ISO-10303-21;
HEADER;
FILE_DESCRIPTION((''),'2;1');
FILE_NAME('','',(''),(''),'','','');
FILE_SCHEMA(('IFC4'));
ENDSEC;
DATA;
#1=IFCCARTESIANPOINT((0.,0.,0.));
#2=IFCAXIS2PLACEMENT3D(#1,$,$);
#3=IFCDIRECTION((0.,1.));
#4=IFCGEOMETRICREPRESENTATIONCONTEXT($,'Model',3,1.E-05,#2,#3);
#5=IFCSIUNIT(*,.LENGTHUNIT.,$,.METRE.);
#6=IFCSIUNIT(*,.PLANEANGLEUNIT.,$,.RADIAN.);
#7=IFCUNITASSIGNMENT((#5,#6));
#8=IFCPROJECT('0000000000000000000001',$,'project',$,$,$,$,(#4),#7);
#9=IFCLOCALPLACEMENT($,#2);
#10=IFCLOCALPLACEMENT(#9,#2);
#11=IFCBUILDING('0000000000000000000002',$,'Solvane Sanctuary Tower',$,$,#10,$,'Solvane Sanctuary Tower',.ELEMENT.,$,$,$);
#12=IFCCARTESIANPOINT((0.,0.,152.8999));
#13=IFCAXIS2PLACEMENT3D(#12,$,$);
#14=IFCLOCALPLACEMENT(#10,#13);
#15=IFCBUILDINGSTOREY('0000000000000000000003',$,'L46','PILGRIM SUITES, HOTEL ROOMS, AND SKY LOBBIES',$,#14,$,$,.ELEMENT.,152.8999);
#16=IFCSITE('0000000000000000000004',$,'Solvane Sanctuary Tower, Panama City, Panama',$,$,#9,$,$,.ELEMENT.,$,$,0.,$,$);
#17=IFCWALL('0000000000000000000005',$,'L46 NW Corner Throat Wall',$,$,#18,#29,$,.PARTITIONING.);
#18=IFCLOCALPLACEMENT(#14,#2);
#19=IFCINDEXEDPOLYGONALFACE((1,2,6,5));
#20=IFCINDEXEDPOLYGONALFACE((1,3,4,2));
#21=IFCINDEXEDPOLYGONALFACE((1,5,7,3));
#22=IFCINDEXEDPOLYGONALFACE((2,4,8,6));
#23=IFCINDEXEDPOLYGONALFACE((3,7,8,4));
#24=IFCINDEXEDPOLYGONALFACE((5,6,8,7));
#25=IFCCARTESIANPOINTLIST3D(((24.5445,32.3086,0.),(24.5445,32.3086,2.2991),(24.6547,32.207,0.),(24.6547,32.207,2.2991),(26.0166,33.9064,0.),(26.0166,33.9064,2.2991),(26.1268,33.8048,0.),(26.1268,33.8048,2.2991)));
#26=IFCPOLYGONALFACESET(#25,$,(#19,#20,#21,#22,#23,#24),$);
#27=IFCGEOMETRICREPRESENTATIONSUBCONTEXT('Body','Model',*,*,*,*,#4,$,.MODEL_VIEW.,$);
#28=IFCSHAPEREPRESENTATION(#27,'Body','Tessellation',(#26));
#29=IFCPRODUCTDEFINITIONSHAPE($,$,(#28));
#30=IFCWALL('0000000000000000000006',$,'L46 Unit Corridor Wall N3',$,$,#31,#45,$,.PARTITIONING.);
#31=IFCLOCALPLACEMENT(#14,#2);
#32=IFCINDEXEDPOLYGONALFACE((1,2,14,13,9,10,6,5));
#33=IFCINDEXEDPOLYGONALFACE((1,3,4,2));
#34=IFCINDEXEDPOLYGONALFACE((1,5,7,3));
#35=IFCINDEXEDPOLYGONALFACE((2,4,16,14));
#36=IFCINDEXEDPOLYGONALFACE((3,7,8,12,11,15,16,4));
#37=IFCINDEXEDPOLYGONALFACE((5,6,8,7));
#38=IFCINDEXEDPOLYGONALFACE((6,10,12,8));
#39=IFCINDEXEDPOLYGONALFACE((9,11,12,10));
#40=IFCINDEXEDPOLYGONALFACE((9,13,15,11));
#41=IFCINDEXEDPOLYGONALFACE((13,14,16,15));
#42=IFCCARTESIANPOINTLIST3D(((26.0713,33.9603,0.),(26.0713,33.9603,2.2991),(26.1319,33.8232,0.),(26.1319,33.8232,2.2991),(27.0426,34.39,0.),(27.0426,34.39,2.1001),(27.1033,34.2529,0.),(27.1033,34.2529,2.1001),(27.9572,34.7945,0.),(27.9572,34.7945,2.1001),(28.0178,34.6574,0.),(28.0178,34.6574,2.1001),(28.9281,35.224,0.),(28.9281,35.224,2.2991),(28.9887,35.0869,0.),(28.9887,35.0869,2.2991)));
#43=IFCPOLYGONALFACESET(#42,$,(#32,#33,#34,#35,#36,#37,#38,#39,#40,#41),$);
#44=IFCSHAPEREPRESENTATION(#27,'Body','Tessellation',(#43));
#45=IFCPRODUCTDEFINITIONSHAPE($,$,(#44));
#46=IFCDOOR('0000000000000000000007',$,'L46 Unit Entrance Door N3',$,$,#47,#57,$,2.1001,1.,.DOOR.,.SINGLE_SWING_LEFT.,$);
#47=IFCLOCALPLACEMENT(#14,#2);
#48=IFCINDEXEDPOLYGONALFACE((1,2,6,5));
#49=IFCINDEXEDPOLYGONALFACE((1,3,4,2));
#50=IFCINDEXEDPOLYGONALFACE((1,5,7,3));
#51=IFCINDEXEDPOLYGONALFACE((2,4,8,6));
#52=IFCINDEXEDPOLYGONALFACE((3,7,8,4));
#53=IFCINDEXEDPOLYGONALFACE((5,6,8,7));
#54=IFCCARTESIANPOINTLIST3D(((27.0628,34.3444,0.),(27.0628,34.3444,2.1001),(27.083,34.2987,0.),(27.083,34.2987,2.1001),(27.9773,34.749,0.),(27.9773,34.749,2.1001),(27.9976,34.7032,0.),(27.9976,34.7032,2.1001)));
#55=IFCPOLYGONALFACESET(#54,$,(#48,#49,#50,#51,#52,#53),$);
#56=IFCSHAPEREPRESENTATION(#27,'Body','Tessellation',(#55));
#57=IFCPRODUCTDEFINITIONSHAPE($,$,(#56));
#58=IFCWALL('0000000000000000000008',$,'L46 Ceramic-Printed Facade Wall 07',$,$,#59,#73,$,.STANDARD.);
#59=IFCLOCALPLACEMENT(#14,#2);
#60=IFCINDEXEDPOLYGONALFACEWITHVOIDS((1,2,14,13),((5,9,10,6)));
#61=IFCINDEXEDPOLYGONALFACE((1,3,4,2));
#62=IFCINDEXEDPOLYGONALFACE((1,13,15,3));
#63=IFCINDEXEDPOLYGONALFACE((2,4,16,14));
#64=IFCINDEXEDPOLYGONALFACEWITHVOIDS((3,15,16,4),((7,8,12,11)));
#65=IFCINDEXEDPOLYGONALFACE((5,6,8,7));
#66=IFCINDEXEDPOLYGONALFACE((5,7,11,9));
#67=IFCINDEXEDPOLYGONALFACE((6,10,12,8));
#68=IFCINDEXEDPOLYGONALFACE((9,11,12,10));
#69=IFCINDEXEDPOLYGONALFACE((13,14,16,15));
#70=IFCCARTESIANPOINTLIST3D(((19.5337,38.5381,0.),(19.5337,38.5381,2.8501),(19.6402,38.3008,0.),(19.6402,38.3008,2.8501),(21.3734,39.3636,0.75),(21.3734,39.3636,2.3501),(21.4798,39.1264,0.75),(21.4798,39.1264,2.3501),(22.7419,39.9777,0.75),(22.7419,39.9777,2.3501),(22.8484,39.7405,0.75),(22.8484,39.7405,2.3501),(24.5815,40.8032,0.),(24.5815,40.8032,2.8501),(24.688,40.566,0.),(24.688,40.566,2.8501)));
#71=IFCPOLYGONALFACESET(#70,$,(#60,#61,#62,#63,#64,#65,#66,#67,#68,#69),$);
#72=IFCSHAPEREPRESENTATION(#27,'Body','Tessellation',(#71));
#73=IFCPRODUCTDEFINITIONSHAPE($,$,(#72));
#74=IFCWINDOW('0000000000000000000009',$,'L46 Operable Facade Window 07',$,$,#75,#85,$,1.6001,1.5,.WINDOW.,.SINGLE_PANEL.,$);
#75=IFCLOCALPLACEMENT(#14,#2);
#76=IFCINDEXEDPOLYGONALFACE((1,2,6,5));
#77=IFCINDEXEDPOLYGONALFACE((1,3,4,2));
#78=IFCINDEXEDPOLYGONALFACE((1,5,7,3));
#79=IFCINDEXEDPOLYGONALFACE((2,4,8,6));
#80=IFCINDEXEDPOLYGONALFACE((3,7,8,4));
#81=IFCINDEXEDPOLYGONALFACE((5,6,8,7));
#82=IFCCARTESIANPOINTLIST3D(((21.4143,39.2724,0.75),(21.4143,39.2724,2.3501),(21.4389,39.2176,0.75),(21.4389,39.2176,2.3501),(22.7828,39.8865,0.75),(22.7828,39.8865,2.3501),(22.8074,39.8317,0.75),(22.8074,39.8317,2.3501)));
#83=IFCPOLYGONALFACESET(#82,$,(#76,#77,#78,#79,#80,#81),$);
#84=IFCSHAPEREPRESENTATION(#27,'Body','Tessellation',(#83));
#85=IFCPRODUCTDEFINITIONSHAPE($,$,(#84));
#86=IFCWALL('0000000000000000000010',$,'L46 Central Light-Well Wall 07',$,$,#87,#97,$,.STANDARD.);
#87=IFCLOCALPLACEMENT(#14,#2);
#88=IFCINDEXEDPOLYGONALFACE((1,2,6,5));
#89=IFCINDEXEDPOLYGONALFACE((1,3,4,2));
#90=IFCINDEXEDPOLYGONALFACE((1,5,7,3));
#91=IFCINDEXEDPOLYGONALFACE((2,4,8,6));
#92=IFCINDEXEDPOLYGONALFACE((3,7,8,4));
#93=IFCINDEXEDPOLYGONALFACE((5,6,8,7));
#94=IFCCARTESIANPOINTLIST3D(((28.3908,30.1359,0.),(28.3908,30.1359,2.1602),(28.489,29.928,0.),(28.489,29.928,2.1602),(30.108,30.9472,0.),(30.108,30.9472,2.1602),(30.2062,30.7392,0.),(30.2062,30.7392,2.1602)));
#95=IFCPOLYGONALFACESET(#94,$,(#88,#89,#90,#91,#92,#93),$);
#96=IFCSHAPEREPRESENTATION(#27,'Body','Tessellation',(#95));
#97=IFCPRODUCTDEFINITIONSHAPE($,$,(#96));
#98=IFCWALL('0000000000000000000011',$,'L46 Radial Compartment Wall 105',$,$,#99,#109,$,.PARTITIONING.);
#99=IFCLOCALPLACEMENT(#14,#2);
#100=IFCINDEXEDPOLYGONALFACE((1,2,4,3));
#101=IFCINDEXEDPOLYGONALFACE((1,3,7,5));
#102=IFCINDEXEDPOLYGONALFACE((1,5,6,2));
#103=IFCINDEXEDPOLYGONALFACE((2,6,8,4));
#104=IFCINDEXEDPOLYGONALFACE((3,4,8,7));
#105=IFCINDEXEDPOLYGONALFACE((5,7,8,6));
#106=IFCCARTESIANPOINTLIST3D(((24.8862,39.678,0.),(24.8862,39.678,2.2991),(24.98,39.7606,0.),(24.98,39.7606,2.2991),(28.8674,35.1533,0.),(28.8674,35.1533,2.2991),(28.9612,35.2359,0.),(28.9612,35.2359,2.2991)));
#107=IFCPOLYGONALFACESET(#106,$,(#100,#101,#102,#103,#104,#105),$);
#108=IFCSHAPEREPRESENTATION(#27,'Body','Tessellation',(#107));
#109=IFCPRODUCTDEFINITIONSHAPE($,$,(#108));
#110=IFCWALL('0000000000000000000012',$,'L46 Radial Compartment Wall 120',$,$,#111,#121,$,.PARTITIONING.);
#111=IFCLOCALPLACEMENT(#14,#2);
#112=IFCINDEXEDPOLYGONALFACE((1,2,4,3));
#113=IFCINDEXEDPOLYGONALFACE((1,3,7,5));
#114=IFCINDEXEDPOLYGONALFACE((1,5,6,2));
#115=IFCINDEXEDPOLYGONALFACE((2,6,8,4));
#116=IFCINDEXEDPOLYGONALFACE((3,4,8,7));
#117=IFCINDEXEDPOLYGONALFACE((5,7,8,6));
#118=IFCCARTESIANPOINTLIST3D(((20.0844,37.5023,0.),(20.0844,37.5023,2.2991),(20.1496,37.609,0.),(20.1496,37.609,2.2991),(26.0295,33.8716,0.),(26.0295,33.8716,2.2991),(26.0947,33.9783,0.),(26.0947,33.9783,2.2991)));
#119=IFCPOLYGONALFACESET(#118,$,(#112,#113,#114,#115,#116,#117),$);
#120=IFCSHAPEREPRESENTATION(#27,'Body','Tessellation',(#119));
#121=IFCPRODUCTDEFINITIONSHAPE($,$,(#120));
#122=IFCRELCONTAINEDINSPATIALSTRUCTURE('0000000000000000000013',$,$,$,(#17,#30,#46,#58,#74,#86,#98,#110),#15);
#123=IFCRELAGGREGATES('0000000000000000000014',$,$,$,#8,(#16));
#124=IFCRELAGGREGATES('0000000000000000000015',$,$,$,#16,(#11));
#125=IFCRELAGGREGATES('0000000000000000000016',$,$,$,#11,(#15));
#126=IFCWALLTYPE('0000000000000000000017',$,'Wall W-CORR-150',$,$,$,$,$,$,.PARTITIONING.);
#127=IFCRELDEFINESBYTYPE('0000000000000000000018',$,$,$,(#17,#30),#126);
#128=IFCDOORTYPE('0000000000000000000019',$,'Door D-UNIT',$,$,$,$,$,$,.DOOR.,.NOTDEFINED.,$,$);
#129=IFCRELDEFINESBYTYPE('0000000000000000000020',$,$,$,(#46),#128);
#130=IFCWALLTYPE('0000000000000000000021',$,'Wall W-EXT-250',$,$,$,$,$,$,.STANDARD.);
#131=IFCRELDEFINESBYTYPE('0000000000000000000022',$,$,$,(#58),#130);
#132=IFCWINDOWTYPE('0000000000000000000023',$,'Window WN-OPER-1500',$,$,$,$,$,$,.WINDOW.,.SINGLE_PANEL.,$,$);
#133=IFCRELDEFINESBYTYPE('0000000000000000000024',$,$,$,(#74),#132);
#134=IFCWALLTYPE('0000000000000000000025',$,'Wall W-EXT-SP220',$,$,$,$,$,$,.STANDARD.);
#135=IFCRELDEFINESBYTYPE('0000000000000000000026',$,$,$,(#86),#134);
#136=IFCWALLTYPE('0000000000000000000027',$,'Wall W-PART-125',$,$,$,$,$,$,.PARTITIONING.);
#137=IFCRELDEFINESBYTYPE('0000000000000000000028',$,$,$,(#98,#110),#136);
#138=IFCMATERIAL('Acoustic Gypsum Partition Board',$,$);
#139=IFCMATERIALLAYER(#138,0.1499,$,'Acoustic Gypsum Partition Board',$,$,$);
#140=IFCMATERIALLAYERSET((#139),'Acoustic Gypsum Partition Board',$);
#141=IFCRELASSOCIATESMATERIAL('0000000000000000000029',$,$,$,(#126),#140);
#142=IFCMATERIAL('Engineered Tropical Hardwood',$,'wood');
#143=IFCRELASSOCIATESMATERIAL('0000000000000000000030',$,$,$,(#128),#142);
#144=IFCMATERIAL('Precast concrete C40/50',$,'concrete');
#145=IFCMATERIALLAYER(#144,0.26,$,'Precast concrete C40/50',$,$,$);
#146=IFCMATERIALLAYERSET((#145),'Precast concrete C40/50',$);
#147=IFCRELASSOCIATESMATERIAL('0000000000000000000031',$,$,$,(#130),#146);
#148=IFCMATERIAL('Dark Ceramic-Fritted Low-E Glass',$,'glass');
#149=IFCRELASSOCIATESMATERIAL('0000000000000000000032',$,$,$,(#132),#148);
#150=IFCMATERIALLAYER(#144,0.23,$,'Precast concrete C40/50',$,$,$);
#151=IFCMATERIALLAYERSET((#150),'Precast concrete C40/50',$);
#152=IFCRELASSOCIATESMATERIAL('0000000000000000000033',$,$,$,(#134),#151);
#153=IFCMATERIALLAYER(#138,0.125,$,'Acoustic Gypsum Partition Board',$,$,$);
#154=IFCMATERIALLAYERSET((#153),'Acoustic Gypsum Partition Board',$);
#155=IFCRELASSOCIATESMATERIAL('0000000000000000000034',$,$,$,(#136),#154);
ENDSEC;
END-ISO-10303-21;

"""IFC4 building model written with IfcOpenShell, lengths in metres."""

from ifc_helpers import new_model, si_unit, direction, frame, frame_2d, origin, place, context, subcontext, project, spatial, rectangle, extrude, material, layer, layer_set, type_object, element, fill, save


model = new_model("IFC4")

# Units and contexts
model_context = context("Model", 3, precision=1e-05, world=origin(), true_north=direction((0.0, 1.0)))
body_context = subcontext(model_context, "Body", "Model", "MODEL_VIEW")
ifc_project = project(units=[si_unit("LENGTHUNIT", "METRE"), si_unit("PLANEANGLEUNIT", "RADIAN")], contexts=[model_context])

# Site, building, storey
site_placement = place(None, origin())
site = spatial("IfcSite", under=ifc_project, at=site_placement, Name="Solvane Sanctuary Tower, Panama City, Panama", CompositionType="ELEMENT", RefElevation=0.0)
building_placement = place(site_placement, origin())
building = spatial("IfcBuilding", under=site, at=building_placement, Name="Solvane Sanctuary Tower", LongName="Solvane Sanctuary Tower", CompositionType="ELEMENT")
storey_placement = place(building_placement, frame((0.0, 0.0, 152.8999)))
storey = spatial("IfcBuildingStorey", under=building, at=storey_placement, Name="L46", Description="PILGRIM SUITES, HOTEL ROOMS, AND SKY LOBBIES", CompositionType="ELEMENT", Elevation=152.8999)

# Wall
ifc_material_1 = material(Name="Acoustic Gypsum Partition Board")
ifc_layer_1 = layer(ifc_material_1, 0.1499, Name="Acoustic Gypsum Partition Board")
ifc_layer_set_1 = layer_set([ifc_layer_1], Name="Acoustic Gypsum Partition Board")
wall_type_1 = type_object("IfcWallType", Name="Wall W-CORR-150", PredefinedType="PARTITIONING", material=ifc_layer_set_1)
wall_1_placement = place(storey_placement, frame((26.0718, 33.8557, 0.0), z_axis=(0.0, 0.0, 1.0), x_axis=(-0.67758, -0.735449, 0.0)))
element("IfcWall", 1, at=wall_1_placement, inside=storey, type_object=wall_type_1, Name="L46 NW Corner Throat Wall", PredefinedType="PARTITIONING", context=body_context, shape_type="SweptSolid", body=[
    extrude(rectangle(XDim=2.1726, YDim=0.1499, at=frame_2d((1.0864, 0.0))), origin(), (0.0, 0.0, 1.0), 2.2991),
])

# Wall, opening, door
wall_2_placement = place(storey_placement, frame((28.9585, 35.1555, 0.0), z_axis=(0.0, 0.0, 1.0), x_axis=(-0.914519, -0.404542, 0.0)))
wall_2 = element("IfcWall", 2, at=wall_2_placement, inside=storey, type_object=wall_type_1, Name="L46 Unit Corridor Wall N3", PredefinedType="PARTITIONING", context=body_context, shape_type="SweptSolid", body=[
    extrude(rectangle(XDim=3.1238, YDim=0.1499, at=frame_2d((1.562, 0.0))), origin(), (0.0, 0.0, 1.0), 2.2991),
])
opening_1_placement = place(wall_2_placement, frame((1.0618, 0.0, 0.0)))
opening_1 = element("IfcOpeningElement", 3, at=opening_1_placement, cuts=wall_2, PredefinedType="OPENING", context=body_context, shape_type="SweptSolid", body=[
    extrude(rectangle(XDim=1.0, YDim=2.1001, at=frame_2d((0.5, 1.05))), frame((0.0, 0.085, 0.0), z_axis=(0.0, -1.0, 0.0), x_axis=(1.0, 0.0, 0.0)), (0.0, 0.0, 1.0), 0.1699),
])
ifc_material_2 = material(Name="Engineered Tropical Hardwood", Category="wood")
door_type = type_object("IfcDoorType", Name="Door D-UNIT", OperationType="NOTDEFINED", PredefinedType="DOOR", material=ifc_material_2)
door_placement = place(opening_1_placement, origin())
door = element("IfcDoor", 4, at=door_placement, inside=storey, type_object=door_type, Name="L46 Unit Entrance Door N3", OperationType="SINGLE_SWING_LEFT", OverallHeight=2.1001, OverallWidth=1.0, PredefinedType="DOOR", context=body_context, shape_type="SweptSolid", body=[
    extrude(rectangle(XDim=1.0, YDim=2.1001, at=frame_2d((0.5, 1.05))), frame((0.0, 0.0249, 0.0), z_axis=(0.0, -1.0, 0.0), x_axis=(1.0, 0.0, 0.0)), (0.0, 0.0, 1.0), 0.05),
])
fill(opening_1, door)

# Wall, opening, window
ifc_material_3 = material(Name="Precast concrete C40/50", Category="concrete")
ifc_layer_2 = layer(ifc_material_3, 0.26, Name="Precast concrete C40/50")
ifc_layer_set_2 = layer_set([ifc_layer_2], Name="Precast concrete C40/50")
wall_type_2 = type_object("IfcWallType", Name="Wall W-EXT-250", PredefinedType="STANDARD", material=ifc_layer_set_2)
wall_3_placement = place(storey_placement, frame((24.6348, 40.6846, 0.0), z_axis=(0.0, 0.0, 1.0), x_axis=(-0.912354, -0.409403, 0.0)))
wall_3 = element("IfcWall", 5, at=wall_3_placement, inside=storey, type_object=wall_type_2, Name="L46 Ceramic-Printed Facade Wall 07", PredefinedType="STANDARD", context=body_context, shape_type="SweptSolid", body=[
    extrude(rectangle(XDim=5.5327, YDim=0.26, at=frame_2d((2.7664, 0.0))), origin(), (0.0, 0.0, 1.0), 2.8501),
])
opening_2_placement = place(wall_3_placement, frame((2.0164, 0.0, 0.75)))
opening_2 = element("IfcOpeningElement", 6, at=opening_2_placement, cuts=wall_3, PredefinedType="OPENING", context=body_context, shape_type="SweptSolid", body=[
    extrude(rectangle(XDim=1.5, YDim=1.6001, at=frame_2d((0.75, 0.8))), frame((0.0, 0.1399, 0.0), z_axis=(0.0, -1.0, 0.0), x_axis=(1.0, 0.0, 0.0)), (0.0, 0.0, 1.0), 0.28),
])
ifc_material_4 = material(Name="Dark Ceramic-Fritted Low-E Glass", Category="glass")
window_type = type_object("IfcWindowType", Name="Window WN-OPER-1500", PartitioningType="SINGLE_PANEL", PredefinedType="WINDOW", material=ifc_material_4)
window_placement = place(opening_2_placement, origin())
window = element("IfcWindow", 7, at=window_placement, inside=storey, type_object=window_type, Name="L46 Operable Facade Window 07", OverallHeight=1.6001, OverallWidth=1.5, PartitioningType="SINGLE_PANEL", PredefinedType="WINDOW", context=body_context, shape_type="SweptSolid", body=[
    extrude(rectangle(XDim=1.5, YDim=1.6001, at=frame_2d((0.75, 0.8))), frame((0.0, 0.03, 0.0), z_axis=(0.0, -1.0, 0.0), x_axis=(1.0, 0.0, 0.0)), (0.0, 0.0, 1.0), 0.0601),
])
fill(opening_2, window)

# Walls
ifc_layer_3 = layer(ifc_material_3, 0.23, Name="Precast concrete C40/50")
ifc_layer_set_3 = layer_set([ifc_layer_3], Name="Precast concrete C40/50")
wall_type_3 = type_object("IfcWallType", Name="Wall W-EXT-SP220", PredefinedType="STANDARD", material=ifc_layer_set_3)
wall_4_placement = place(storey_placement, frame((30.1572, 30.8433, 0.0), z_axis=(0.0, 0.0, 1.0), x_axis=(-0.90418, -0.427152, 0.0)))
element("IfcWall", 8, at=wall_4_placement, inside=storey, type_object=wall_type_3, Name="L46 Central Light-Well Wall 07", PredefinedType="STANDARD", context=body_context, shape_type="SweptSolid", body=[
    extrude(rectangle(XDim=1.8992, YDim=0.23, at=frame_2d((0.9497, 0.0))), origin(), (0.0, 0.0, 1.0), 2.1602),
])
ifc_layer_4 = layer(ifc_material_1, 0.125, Name="Acoustic Gypsum Partition Board")
ifc_layer_set_4 = layer_set([ifc_layer_4], Name="Acoustic Gypsum Partition Board")
wall_type_4 = type_object("IfcWallType", Name="Wall W-PART-125", PredefinedType="PARTITIONING", material=ifc_layer_set_4)
wall_5_placement = place(storey_placement, frame((28.9143, 35.1946, 0.0), z_axis=(0.0, 0.0, 1.0), x_axis=(-0.660581, 0.750754, 0.0)))
element("IfcWall", 9, at=wall_5_placement, inside=storey, type_object=wall_type_4, Name="L46 Radial Compartment Wall 105", PredefinedType="PARTITIONING", context=body_context, shape_type="SweptSolid", body=[
    extrude(rectangle(XDim=6.0269, YDim=0.125, at=frame_2d((3.0134, 0.0))), origin(), (0.0, 0.0, 1.0), 2.2991),
])
wall_6_placement = place(storey_placement, frame((26.062, 33.925, 0.0), z_axis=(0.0, 0.0, 1.0), x_axis=(-0.85344, 0.521191, 0.0)))
element("IfcWall", 10, at=wall_6_placement, inside=storey, type_object=wall_type_4, Name="L46 Radial Compartment Wall 120", PredefinedType="PARTITIONING", context=body_context, shape_type="SweptSolid", body=[
    extrude(rectangle(XDim=6.9661, YDim=0.125, at=frame_2d((3.4829, 0.0))), origin(), (0.0, 0.0, 1.0), 2.2991),
])

save(model, "model.ifc")
